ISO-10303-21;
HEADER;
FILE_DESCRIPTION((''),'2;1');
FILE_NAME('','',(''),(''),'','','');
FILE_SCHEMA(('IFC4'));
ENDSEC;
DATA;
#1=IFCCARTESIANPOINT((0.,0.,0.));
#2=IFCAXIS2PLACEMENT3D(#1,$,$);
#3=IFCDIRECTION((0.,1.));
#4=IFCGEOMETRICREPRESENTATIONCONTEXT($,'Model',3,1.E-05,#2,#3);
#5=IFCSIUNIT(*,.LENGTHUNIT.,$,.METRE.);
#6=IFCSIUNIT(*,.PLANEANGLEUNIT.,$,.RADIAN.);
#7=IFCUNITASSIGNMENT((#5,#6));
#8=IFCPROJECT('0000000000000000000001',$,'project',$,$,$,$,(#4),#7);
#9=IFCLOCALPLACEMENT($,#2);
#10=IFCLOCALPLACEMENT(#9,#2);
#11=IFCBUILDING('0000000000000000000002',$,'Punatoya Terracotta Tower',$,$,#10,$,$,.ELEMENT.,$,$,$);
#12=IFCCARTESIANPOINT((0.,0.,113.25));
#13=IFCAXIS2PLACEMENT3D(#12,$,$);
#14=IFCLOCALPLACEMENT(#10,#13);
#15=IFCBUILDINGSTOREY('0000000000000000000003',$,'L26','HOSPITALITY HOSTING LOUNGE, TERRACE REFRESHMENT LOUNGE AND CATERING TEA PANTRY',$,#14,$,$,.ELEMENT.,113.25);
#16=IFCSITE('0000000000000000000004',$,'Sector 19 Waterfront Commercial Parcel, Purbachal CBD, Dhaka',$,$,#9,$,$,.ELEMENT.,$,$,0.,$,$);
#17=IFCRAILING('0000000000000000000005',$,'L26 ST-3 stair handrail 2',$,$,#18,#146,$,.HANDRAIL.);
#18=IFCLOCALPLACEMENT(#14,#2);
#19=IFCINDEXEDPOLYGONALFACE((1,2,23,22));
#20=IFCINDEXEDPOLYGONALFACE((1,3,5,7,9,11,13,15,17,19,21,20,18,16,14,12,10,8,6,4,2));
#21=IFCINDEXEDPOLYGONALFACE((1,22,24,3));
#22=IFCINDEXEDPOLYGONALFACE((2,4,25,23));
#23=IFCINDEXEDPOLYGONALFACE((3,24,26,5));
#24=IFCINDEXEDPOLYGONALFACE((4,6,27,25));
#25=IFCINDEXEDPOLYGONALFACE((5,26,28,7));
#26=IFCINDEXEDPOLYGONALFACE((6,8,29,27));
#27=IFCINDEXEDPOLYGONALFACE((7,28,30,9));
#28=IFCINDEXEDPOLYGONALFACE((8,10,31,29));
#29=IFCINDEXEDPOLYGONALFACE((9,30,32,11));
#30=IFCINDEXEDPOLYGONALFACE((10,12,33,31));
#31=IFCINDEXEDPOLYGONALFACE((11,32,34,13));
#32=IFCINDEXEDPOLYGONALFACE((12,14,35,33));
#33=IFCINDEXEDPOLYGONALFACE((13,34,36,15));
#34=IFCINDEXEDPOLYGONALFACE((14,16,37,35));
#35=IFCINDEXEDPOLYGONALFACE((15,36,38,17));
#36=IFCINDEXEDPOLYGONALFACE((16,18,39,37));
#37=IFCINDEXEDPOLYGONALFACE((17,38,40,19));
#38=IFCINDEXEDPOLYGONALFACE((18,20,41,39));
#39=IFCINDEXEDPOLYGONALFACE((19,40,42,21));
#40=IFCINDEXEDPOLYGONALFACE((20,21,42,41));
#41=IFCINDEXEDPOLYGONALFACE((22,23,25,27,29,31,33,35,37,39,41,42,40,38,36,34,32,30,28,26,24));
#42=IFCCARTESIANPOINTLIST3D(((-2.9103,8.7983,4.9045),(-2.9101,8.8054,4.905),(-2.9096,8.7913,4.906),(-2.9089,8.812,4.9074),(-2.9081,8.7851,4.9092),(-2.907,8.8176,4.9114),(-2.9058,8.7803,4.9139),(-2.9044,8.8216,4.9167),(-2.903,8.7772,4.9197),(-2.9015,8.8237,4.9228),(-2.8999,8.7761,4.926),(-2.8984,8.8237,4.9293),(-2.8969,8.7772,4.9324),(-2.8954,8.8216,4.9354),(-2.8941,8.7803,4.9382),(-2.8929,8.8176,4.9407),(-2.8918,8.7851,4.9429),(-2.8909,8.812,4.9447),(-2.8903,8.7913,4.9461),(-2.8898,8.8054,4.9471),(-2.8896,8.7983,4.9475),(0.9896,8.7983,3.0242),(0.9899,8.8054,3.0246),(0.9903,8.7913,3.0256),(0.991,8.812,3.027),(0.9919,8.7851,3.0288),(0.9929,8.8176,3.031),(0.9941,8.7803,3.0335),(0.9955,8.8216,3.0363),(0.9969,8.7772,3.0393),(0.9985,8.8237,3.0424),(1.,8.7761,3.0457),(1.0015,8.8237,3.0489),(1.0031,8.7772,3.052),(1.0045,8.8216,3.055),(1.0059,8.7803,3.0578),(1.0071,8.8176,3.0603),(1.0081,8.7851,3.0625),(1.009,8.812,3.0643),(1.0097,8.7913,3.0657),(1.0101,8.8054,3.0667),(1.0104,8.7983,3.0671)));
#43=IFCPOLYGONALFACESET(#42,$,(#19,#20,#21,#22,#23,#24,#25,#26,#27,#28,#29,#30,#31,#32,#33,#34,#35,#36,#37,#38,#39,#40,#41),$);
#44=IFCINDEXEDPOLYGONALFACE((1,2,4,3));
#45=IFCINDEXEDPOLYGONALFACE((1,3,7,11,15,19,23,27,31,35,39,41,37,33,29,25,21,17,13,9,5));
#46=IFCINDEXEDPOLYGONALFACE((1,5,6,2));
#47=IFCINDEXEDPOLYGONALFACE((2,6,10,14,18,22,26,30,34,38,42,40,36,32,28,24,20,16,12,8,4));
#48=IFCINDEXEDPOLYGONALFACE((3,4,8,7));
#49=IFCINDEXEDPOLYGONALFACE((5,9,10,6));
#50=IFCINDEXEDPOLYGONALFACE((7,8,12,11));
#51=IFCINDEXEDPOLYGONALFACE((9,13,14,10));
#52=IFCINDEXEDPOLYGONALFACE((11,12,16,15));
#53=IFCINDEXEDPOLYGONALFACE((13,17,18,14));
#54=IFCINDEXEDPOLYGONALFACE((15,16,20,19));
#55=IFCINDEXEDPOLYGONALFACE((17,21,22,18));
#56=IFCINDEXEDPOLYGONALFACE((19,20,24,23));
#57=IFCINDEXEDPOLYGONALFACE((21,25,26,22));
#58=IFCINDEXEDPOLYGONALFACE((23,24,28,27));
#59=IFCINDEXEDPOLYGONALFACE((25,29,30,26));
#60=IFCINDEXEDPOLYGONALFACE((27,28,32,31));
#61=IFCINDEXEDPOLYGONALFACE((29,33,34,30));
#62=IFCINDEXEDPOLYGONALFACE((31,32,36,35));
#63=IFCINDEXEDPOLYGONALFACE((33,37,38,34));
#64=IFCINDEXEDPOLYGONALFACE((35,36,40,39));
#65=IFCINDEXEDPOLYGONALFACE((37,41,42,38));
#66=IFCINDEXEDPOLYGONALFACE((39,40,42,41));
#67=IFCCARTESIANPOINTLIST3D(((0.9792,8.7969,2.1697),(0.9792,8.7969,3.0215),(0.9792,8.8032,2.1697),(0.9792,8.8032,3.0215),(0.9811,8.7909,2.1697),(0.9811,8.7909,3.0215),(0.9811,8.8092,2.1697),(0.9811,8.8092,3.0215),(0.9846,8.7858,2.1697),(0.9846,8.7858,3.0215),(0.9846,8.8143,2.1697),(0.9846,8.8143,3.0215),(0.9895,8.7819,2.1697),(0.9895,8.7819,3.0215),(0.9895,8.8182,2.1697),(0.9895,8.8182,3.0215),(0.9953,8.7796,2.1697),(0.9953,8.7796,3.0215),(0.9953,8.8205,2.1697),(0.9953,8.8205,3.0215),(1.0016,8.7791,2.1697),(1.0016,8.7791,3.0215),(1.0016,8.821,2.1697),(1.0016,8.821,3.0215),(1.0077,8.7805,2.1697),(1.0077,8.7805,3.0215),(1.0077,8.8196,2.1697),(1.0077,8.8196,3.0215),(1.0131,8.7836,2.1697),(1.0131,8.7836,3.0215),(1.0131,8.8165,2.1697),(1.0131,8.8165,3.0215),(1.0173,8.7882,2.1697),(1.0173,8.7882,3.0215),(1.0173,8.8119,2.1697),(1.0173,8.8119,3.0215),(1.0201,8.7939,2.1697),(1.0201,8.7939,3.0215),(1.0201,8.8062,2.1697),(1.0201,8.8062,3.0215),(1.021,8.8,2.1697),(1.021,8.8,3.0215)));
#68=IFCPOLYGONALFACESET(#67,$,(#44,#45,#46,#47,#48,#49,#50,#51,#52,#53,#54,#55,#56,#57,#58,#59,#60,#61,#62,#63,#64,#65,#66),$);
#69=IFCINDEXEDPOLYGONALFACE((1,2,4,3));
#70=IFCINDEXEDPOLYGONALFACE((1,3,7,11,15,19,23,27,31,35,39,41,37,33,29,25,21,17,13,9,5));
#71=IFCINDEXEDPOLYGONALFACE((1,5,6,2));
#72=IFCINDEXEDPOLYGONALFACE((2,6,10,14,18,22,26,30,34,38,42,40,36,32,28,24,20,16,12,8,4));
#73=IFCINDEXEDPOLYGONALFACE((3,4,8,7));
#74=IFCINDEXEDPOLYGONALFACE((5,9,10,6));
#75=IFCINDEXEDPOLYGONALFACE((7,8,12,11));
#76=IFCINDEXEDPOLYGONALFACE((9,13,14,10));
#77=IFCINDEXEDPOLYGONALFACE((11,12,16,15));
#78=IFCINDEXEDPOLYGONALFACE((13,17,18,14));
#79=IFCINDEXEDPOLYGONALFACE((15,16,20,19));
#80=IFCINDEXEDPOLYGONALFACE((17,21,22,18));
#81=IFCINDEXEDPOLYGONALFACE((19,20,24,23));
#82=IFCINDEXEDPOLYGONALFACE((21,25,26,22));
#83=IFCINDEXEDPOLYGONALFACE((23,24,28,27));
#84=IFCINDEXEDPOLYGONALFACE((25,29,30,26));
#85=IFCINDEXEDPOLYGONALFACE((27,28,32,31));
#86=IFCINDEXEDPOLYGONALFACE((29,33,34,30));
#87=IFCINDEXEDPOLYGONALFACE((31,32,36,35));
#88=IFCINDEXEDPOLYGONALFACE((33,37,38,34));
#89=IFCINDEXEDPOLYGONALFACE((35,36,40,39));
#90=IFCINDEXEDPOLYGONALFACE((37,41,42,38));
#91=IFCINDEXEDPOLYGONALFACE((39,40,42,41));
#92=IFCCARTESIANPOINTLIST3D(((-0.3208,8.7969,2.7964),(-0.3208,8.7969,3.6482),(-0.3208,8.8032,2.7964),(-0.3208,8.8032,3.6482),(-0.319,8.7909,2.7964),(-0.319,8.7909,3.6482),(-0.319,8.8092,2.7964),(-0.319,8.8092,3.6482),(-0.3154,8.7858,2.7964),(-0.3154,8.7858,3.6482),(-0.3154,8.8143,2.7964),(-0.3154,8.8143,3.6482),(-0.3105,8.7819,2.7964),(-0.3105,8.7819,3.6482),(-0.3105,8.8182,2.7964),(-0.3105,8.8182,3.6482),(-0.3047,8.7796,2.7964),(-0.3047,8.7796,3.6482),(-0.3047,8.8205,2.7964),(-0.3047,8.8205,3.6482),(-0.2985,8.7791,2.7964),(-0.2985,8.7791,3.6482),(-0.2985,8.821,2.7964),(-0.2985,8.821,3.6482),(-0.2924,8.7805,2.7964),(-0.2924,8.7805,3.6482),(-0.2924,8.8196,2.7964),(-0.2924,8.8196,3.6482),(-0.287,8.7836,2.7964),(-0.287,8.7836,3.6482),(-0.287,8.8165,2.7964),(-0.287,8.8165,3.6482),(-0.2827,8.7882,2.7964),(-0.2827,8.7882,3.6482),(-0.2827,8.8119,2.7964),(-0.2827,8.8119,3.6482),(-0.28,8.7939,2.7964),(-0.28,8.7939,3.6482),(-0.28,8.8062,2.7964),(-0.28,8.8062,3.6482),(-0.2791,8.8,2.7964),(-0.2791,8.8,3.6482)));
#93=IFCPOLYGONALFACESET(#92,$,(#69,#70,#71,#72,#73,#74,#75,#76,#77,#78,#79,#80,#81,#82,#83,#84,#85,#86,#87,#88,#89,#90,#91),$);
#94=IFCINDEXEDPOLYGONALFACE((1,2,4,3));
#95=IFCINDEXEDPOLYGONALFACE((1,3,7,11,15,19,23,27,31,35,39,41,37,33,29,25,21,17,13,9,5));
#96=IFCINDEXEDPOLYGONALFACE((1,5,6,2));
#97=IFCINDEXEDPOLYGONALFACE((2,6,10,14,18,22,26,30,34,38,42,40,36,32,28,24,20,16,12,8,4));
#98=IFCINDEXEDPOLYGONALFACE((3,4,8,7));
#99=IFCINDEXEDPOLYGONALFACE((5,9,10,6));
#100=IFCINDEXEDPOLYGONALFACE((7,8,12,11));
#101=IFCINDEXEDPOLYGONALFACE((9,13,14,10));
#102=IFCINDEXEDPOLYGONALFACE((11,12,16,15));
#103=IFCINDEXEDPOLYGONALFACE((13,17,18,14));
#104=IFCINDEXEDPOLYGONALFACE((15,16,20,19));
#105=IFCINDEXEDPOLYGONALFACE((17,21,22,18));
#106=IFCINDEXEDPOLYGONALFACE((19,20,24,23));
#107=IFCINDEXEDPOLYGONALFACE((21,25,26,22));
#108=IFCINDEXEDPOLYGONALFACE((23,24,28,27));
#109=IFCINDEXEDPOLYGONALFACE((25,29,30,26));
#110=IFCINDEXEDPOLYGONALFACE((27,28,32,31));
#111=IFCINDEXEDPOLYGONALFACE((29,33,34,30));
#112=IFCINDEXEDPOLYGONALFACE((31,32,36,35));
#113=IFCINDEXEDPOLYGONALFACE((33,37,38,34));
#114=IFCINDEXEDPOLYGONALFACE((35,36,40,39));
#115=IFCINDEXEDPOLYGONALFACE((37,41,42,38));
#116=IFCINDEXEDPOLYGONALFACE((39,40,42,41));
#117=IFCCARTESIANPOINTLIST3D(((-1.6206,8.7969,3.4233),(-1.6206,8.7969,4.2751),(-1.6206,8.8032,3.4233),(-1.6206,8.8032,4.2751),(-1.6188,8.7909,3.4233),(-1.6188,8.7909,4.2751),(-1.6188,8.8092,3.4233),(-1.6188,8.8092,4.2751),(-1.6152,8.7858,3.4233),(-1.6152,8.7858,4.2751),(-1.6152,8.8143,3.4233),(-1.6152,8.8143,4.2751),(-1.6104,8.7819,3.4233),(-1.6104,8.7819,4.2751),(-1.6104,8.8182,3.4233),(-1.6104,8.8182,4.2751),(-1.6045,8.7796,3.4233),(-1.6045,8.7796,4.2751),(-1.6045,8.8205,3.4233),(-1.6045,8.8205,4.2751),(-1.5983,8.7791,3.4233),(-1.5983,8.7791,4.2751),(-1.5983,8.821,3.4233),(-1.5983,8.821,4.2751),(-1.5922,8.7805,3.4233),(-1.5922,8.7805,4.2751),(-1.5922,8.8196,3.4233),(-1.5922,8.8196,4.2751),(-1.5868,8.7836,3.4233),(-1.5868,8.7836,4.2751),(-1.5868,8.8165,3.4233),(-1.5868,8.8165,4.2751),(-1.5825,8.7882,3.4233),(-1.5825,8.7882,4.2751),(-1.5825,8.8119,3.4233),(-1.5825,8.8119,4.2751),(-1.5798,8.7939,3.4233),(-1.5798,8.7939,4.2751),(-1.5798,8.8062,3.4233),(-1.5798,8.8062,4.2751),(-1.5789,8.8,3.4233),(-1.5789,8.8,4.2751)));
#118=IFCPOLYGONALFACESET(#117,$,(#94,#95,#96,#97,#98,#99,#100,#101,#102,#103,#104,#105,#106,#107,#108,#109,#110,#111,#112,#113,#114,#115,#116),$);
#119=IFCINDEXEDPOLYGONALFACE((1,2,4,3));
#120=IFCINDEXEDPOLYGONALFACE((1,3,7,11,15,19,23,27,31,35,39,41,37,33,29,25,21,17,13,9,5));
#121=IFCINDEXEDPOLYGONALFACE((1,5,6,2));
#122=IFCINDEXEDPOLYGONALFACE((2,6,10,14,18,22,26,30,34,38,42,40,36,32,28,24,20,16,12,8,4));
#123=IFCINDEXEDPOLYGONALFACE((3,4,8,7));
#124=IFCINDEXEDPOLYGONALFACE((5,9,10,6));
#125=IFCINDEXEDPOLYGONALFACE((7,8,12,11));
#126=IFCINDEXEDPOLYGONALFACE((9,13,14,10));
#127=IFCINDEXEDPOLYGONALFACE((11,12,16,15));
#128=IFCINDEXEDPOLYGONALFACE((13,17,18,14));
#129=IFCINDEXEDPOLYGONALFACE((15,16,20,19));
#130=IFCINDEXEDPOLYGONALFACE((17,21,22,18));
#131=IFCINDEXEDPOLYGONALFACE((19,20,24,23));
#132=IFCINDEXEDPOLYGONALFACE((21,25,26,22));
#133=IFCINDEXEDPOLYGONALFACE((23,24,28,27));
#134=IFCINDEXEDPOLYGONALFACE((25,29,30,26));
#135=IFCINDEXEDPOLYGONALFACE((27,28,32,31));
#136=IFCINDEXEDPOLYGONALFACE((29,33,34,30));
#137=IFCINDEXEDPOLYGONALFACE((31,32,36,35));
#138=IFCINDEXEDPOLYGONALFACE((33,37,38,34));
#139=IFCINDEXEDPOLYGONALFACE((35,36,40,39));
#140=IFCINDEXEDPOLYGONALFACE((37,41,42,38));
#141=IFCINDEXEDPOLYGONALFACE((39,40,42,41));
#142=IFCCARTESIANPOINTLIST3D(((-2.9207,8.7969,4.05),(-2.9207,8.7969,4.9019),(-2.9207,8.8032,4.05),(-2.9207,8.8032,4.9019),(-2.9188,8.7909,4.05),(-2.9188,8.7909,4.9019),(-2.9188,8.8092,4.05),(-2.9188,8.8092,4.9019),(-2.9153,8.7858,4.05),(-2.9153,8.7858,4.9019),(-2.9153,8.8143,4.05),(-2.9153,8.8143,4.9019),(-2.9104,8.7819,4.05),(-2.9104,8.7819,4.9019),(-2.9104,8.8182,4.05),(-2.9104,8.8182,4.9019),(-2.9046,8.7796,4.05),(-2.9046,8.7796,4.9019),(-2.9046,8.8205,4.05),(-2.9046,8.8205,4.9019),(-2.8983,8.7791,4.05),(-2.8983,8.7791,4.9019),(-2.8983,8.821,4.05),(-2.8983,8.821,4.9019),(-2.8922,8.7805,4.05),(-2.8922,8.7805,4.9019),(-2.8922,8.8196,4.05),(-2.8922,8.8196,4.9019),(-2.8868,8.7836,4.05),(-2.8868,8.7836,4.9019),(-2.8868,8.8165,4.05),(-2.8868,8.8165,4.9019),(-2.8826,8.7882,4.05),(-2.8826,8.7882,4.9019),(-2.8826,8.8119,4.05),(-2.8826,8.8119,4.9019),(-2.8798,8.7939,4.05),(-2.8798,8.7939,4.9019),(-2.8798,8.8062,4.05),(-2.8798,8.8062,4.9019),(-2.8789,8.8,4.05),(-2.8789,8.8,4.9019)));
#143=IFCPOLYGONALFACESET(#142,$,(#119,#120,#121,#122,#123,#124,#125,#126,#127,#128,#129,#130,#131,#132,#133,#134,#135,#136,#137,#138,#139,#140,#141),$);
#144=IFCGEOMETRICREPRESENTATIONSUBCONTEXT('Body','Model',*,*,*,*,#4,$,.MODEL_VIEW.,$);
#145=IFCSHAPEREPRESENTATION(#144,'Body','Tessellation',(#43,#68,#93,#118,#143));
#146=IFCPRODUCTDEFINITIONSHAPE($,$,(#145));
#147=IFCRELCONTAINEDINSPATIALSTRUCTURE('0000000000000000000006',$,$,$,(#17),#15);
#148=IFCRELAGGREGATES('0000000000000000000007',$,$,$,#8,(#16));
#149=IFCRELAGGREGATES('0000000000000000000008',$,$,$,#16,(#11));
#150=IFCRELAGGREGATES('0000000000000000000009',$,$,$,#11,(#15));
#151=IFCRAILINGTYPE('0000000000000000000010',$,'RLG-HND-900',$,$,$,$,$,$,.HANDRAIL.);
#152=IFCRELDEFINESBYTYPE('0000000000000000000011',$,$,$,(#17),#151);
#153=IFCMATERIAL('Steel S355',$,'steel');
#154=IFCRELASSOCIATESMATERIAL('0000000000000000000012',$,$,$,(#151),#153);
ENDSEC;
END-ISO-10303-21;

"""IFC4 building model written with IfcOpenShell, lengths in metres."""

from ifc_helpers import new_model, si_unit, direction, frame, origin, origin_2d, place, context, subcontext, project, spatial, circle, extrude, material, type_object, element, save


model = new_model("IFC4")

# Units and contexts
model_context = context("Model", 3, precision=1e-05, world=origin(), true_north=direction((0.0, 1.0)))
body_context = subcontext(model_context, "Body", "Model", "MODEL_VIEW")
ifc_project = project(units=[si_unit("LENGTHUNIT", "METRE"), si_unit("PLANEANGLEUNIT", "RADIAN")], contexts=[model_context])

# Site, building, storey
site_placement = place(None, origin())
site = spatial("IfcSite", under=ifc_project, at=site_placement, Name="Sector 19 Waterfront Commercial Parcel, Purbachal CBD, Dhaka", CompositionType="ELEMENT", RefElevation=0.0)
building_placement = place(site_placement, origin())
building = spatial("IfcBuilding", under=site, at=building_placement, Name="Punatoya Terracotta Tower", CompositionType="ELEMENT")
storey_placement = place(building_placement, frame((0.0, 0.0, 113.25)))
storey = spatial("IfcBuildingStorey", under=building, at=storey_placement, Name="L26", Description="HOSPITALITY HOSTING LOUNGE, TERRACE REFRESHMENT LOUNGE AND CATERING TEA PANTRY", CompositionType="ELEMENT", Elevation=113.25)

# Shared definitions
ifc_material_1 = material(Name="Steel S355", Category="steel")

# Railing
railing_type_1 = type_object("IfcRailingType", Name="RLG-HND-900", PredefinedType="HANDRAIL", material=ifc_material_1)
railing_1_placement = place(storey_placement, frame((1.0, 8.8, 2.1697)))
element("IfcRailing", 1, at=railing_1_placement, inside=storey, type_object=railing_type_1, Name="L26 ST-3 stair handrail 2", PredefinedType="HANDRAIL", context=body_context, shape_type="SweptSolid", body=[
    extrude(circle(Radius=0.0239, at=origin_2d()), frame((0.0, 0.0, 0.876), z_axis=(-0.900763, 0.0, 0.434311), x_axis=(0.0, -1.0, 0.0)), (0.0, 0.0, 1.0), 4.3296),
    extrude(circle(Radius=0.021, at=origin_2d()), origin(), (0.0, 0.0, 1.0), 0.8518),
    extrude(circle(Radius=0.021, at=origin_2d()), frame((-1.3, 0.0, 0.6267)), (0.0, 0.0, 1.0), 0.8518),
    extrude(circle(Radius=0.021, at=origin_2d()), frame((-2.5999, 0.0, 1.2537)), (0.0, 0.0, 1.0), 0.8518),
    extrude(circle(Radius=0.021, at=origin_2d()), frame((-3.8999, 0.0, 1.8804)), (0.0, 0.0, 1.0), 0.8518),
])

save(model, "model.ifc")
